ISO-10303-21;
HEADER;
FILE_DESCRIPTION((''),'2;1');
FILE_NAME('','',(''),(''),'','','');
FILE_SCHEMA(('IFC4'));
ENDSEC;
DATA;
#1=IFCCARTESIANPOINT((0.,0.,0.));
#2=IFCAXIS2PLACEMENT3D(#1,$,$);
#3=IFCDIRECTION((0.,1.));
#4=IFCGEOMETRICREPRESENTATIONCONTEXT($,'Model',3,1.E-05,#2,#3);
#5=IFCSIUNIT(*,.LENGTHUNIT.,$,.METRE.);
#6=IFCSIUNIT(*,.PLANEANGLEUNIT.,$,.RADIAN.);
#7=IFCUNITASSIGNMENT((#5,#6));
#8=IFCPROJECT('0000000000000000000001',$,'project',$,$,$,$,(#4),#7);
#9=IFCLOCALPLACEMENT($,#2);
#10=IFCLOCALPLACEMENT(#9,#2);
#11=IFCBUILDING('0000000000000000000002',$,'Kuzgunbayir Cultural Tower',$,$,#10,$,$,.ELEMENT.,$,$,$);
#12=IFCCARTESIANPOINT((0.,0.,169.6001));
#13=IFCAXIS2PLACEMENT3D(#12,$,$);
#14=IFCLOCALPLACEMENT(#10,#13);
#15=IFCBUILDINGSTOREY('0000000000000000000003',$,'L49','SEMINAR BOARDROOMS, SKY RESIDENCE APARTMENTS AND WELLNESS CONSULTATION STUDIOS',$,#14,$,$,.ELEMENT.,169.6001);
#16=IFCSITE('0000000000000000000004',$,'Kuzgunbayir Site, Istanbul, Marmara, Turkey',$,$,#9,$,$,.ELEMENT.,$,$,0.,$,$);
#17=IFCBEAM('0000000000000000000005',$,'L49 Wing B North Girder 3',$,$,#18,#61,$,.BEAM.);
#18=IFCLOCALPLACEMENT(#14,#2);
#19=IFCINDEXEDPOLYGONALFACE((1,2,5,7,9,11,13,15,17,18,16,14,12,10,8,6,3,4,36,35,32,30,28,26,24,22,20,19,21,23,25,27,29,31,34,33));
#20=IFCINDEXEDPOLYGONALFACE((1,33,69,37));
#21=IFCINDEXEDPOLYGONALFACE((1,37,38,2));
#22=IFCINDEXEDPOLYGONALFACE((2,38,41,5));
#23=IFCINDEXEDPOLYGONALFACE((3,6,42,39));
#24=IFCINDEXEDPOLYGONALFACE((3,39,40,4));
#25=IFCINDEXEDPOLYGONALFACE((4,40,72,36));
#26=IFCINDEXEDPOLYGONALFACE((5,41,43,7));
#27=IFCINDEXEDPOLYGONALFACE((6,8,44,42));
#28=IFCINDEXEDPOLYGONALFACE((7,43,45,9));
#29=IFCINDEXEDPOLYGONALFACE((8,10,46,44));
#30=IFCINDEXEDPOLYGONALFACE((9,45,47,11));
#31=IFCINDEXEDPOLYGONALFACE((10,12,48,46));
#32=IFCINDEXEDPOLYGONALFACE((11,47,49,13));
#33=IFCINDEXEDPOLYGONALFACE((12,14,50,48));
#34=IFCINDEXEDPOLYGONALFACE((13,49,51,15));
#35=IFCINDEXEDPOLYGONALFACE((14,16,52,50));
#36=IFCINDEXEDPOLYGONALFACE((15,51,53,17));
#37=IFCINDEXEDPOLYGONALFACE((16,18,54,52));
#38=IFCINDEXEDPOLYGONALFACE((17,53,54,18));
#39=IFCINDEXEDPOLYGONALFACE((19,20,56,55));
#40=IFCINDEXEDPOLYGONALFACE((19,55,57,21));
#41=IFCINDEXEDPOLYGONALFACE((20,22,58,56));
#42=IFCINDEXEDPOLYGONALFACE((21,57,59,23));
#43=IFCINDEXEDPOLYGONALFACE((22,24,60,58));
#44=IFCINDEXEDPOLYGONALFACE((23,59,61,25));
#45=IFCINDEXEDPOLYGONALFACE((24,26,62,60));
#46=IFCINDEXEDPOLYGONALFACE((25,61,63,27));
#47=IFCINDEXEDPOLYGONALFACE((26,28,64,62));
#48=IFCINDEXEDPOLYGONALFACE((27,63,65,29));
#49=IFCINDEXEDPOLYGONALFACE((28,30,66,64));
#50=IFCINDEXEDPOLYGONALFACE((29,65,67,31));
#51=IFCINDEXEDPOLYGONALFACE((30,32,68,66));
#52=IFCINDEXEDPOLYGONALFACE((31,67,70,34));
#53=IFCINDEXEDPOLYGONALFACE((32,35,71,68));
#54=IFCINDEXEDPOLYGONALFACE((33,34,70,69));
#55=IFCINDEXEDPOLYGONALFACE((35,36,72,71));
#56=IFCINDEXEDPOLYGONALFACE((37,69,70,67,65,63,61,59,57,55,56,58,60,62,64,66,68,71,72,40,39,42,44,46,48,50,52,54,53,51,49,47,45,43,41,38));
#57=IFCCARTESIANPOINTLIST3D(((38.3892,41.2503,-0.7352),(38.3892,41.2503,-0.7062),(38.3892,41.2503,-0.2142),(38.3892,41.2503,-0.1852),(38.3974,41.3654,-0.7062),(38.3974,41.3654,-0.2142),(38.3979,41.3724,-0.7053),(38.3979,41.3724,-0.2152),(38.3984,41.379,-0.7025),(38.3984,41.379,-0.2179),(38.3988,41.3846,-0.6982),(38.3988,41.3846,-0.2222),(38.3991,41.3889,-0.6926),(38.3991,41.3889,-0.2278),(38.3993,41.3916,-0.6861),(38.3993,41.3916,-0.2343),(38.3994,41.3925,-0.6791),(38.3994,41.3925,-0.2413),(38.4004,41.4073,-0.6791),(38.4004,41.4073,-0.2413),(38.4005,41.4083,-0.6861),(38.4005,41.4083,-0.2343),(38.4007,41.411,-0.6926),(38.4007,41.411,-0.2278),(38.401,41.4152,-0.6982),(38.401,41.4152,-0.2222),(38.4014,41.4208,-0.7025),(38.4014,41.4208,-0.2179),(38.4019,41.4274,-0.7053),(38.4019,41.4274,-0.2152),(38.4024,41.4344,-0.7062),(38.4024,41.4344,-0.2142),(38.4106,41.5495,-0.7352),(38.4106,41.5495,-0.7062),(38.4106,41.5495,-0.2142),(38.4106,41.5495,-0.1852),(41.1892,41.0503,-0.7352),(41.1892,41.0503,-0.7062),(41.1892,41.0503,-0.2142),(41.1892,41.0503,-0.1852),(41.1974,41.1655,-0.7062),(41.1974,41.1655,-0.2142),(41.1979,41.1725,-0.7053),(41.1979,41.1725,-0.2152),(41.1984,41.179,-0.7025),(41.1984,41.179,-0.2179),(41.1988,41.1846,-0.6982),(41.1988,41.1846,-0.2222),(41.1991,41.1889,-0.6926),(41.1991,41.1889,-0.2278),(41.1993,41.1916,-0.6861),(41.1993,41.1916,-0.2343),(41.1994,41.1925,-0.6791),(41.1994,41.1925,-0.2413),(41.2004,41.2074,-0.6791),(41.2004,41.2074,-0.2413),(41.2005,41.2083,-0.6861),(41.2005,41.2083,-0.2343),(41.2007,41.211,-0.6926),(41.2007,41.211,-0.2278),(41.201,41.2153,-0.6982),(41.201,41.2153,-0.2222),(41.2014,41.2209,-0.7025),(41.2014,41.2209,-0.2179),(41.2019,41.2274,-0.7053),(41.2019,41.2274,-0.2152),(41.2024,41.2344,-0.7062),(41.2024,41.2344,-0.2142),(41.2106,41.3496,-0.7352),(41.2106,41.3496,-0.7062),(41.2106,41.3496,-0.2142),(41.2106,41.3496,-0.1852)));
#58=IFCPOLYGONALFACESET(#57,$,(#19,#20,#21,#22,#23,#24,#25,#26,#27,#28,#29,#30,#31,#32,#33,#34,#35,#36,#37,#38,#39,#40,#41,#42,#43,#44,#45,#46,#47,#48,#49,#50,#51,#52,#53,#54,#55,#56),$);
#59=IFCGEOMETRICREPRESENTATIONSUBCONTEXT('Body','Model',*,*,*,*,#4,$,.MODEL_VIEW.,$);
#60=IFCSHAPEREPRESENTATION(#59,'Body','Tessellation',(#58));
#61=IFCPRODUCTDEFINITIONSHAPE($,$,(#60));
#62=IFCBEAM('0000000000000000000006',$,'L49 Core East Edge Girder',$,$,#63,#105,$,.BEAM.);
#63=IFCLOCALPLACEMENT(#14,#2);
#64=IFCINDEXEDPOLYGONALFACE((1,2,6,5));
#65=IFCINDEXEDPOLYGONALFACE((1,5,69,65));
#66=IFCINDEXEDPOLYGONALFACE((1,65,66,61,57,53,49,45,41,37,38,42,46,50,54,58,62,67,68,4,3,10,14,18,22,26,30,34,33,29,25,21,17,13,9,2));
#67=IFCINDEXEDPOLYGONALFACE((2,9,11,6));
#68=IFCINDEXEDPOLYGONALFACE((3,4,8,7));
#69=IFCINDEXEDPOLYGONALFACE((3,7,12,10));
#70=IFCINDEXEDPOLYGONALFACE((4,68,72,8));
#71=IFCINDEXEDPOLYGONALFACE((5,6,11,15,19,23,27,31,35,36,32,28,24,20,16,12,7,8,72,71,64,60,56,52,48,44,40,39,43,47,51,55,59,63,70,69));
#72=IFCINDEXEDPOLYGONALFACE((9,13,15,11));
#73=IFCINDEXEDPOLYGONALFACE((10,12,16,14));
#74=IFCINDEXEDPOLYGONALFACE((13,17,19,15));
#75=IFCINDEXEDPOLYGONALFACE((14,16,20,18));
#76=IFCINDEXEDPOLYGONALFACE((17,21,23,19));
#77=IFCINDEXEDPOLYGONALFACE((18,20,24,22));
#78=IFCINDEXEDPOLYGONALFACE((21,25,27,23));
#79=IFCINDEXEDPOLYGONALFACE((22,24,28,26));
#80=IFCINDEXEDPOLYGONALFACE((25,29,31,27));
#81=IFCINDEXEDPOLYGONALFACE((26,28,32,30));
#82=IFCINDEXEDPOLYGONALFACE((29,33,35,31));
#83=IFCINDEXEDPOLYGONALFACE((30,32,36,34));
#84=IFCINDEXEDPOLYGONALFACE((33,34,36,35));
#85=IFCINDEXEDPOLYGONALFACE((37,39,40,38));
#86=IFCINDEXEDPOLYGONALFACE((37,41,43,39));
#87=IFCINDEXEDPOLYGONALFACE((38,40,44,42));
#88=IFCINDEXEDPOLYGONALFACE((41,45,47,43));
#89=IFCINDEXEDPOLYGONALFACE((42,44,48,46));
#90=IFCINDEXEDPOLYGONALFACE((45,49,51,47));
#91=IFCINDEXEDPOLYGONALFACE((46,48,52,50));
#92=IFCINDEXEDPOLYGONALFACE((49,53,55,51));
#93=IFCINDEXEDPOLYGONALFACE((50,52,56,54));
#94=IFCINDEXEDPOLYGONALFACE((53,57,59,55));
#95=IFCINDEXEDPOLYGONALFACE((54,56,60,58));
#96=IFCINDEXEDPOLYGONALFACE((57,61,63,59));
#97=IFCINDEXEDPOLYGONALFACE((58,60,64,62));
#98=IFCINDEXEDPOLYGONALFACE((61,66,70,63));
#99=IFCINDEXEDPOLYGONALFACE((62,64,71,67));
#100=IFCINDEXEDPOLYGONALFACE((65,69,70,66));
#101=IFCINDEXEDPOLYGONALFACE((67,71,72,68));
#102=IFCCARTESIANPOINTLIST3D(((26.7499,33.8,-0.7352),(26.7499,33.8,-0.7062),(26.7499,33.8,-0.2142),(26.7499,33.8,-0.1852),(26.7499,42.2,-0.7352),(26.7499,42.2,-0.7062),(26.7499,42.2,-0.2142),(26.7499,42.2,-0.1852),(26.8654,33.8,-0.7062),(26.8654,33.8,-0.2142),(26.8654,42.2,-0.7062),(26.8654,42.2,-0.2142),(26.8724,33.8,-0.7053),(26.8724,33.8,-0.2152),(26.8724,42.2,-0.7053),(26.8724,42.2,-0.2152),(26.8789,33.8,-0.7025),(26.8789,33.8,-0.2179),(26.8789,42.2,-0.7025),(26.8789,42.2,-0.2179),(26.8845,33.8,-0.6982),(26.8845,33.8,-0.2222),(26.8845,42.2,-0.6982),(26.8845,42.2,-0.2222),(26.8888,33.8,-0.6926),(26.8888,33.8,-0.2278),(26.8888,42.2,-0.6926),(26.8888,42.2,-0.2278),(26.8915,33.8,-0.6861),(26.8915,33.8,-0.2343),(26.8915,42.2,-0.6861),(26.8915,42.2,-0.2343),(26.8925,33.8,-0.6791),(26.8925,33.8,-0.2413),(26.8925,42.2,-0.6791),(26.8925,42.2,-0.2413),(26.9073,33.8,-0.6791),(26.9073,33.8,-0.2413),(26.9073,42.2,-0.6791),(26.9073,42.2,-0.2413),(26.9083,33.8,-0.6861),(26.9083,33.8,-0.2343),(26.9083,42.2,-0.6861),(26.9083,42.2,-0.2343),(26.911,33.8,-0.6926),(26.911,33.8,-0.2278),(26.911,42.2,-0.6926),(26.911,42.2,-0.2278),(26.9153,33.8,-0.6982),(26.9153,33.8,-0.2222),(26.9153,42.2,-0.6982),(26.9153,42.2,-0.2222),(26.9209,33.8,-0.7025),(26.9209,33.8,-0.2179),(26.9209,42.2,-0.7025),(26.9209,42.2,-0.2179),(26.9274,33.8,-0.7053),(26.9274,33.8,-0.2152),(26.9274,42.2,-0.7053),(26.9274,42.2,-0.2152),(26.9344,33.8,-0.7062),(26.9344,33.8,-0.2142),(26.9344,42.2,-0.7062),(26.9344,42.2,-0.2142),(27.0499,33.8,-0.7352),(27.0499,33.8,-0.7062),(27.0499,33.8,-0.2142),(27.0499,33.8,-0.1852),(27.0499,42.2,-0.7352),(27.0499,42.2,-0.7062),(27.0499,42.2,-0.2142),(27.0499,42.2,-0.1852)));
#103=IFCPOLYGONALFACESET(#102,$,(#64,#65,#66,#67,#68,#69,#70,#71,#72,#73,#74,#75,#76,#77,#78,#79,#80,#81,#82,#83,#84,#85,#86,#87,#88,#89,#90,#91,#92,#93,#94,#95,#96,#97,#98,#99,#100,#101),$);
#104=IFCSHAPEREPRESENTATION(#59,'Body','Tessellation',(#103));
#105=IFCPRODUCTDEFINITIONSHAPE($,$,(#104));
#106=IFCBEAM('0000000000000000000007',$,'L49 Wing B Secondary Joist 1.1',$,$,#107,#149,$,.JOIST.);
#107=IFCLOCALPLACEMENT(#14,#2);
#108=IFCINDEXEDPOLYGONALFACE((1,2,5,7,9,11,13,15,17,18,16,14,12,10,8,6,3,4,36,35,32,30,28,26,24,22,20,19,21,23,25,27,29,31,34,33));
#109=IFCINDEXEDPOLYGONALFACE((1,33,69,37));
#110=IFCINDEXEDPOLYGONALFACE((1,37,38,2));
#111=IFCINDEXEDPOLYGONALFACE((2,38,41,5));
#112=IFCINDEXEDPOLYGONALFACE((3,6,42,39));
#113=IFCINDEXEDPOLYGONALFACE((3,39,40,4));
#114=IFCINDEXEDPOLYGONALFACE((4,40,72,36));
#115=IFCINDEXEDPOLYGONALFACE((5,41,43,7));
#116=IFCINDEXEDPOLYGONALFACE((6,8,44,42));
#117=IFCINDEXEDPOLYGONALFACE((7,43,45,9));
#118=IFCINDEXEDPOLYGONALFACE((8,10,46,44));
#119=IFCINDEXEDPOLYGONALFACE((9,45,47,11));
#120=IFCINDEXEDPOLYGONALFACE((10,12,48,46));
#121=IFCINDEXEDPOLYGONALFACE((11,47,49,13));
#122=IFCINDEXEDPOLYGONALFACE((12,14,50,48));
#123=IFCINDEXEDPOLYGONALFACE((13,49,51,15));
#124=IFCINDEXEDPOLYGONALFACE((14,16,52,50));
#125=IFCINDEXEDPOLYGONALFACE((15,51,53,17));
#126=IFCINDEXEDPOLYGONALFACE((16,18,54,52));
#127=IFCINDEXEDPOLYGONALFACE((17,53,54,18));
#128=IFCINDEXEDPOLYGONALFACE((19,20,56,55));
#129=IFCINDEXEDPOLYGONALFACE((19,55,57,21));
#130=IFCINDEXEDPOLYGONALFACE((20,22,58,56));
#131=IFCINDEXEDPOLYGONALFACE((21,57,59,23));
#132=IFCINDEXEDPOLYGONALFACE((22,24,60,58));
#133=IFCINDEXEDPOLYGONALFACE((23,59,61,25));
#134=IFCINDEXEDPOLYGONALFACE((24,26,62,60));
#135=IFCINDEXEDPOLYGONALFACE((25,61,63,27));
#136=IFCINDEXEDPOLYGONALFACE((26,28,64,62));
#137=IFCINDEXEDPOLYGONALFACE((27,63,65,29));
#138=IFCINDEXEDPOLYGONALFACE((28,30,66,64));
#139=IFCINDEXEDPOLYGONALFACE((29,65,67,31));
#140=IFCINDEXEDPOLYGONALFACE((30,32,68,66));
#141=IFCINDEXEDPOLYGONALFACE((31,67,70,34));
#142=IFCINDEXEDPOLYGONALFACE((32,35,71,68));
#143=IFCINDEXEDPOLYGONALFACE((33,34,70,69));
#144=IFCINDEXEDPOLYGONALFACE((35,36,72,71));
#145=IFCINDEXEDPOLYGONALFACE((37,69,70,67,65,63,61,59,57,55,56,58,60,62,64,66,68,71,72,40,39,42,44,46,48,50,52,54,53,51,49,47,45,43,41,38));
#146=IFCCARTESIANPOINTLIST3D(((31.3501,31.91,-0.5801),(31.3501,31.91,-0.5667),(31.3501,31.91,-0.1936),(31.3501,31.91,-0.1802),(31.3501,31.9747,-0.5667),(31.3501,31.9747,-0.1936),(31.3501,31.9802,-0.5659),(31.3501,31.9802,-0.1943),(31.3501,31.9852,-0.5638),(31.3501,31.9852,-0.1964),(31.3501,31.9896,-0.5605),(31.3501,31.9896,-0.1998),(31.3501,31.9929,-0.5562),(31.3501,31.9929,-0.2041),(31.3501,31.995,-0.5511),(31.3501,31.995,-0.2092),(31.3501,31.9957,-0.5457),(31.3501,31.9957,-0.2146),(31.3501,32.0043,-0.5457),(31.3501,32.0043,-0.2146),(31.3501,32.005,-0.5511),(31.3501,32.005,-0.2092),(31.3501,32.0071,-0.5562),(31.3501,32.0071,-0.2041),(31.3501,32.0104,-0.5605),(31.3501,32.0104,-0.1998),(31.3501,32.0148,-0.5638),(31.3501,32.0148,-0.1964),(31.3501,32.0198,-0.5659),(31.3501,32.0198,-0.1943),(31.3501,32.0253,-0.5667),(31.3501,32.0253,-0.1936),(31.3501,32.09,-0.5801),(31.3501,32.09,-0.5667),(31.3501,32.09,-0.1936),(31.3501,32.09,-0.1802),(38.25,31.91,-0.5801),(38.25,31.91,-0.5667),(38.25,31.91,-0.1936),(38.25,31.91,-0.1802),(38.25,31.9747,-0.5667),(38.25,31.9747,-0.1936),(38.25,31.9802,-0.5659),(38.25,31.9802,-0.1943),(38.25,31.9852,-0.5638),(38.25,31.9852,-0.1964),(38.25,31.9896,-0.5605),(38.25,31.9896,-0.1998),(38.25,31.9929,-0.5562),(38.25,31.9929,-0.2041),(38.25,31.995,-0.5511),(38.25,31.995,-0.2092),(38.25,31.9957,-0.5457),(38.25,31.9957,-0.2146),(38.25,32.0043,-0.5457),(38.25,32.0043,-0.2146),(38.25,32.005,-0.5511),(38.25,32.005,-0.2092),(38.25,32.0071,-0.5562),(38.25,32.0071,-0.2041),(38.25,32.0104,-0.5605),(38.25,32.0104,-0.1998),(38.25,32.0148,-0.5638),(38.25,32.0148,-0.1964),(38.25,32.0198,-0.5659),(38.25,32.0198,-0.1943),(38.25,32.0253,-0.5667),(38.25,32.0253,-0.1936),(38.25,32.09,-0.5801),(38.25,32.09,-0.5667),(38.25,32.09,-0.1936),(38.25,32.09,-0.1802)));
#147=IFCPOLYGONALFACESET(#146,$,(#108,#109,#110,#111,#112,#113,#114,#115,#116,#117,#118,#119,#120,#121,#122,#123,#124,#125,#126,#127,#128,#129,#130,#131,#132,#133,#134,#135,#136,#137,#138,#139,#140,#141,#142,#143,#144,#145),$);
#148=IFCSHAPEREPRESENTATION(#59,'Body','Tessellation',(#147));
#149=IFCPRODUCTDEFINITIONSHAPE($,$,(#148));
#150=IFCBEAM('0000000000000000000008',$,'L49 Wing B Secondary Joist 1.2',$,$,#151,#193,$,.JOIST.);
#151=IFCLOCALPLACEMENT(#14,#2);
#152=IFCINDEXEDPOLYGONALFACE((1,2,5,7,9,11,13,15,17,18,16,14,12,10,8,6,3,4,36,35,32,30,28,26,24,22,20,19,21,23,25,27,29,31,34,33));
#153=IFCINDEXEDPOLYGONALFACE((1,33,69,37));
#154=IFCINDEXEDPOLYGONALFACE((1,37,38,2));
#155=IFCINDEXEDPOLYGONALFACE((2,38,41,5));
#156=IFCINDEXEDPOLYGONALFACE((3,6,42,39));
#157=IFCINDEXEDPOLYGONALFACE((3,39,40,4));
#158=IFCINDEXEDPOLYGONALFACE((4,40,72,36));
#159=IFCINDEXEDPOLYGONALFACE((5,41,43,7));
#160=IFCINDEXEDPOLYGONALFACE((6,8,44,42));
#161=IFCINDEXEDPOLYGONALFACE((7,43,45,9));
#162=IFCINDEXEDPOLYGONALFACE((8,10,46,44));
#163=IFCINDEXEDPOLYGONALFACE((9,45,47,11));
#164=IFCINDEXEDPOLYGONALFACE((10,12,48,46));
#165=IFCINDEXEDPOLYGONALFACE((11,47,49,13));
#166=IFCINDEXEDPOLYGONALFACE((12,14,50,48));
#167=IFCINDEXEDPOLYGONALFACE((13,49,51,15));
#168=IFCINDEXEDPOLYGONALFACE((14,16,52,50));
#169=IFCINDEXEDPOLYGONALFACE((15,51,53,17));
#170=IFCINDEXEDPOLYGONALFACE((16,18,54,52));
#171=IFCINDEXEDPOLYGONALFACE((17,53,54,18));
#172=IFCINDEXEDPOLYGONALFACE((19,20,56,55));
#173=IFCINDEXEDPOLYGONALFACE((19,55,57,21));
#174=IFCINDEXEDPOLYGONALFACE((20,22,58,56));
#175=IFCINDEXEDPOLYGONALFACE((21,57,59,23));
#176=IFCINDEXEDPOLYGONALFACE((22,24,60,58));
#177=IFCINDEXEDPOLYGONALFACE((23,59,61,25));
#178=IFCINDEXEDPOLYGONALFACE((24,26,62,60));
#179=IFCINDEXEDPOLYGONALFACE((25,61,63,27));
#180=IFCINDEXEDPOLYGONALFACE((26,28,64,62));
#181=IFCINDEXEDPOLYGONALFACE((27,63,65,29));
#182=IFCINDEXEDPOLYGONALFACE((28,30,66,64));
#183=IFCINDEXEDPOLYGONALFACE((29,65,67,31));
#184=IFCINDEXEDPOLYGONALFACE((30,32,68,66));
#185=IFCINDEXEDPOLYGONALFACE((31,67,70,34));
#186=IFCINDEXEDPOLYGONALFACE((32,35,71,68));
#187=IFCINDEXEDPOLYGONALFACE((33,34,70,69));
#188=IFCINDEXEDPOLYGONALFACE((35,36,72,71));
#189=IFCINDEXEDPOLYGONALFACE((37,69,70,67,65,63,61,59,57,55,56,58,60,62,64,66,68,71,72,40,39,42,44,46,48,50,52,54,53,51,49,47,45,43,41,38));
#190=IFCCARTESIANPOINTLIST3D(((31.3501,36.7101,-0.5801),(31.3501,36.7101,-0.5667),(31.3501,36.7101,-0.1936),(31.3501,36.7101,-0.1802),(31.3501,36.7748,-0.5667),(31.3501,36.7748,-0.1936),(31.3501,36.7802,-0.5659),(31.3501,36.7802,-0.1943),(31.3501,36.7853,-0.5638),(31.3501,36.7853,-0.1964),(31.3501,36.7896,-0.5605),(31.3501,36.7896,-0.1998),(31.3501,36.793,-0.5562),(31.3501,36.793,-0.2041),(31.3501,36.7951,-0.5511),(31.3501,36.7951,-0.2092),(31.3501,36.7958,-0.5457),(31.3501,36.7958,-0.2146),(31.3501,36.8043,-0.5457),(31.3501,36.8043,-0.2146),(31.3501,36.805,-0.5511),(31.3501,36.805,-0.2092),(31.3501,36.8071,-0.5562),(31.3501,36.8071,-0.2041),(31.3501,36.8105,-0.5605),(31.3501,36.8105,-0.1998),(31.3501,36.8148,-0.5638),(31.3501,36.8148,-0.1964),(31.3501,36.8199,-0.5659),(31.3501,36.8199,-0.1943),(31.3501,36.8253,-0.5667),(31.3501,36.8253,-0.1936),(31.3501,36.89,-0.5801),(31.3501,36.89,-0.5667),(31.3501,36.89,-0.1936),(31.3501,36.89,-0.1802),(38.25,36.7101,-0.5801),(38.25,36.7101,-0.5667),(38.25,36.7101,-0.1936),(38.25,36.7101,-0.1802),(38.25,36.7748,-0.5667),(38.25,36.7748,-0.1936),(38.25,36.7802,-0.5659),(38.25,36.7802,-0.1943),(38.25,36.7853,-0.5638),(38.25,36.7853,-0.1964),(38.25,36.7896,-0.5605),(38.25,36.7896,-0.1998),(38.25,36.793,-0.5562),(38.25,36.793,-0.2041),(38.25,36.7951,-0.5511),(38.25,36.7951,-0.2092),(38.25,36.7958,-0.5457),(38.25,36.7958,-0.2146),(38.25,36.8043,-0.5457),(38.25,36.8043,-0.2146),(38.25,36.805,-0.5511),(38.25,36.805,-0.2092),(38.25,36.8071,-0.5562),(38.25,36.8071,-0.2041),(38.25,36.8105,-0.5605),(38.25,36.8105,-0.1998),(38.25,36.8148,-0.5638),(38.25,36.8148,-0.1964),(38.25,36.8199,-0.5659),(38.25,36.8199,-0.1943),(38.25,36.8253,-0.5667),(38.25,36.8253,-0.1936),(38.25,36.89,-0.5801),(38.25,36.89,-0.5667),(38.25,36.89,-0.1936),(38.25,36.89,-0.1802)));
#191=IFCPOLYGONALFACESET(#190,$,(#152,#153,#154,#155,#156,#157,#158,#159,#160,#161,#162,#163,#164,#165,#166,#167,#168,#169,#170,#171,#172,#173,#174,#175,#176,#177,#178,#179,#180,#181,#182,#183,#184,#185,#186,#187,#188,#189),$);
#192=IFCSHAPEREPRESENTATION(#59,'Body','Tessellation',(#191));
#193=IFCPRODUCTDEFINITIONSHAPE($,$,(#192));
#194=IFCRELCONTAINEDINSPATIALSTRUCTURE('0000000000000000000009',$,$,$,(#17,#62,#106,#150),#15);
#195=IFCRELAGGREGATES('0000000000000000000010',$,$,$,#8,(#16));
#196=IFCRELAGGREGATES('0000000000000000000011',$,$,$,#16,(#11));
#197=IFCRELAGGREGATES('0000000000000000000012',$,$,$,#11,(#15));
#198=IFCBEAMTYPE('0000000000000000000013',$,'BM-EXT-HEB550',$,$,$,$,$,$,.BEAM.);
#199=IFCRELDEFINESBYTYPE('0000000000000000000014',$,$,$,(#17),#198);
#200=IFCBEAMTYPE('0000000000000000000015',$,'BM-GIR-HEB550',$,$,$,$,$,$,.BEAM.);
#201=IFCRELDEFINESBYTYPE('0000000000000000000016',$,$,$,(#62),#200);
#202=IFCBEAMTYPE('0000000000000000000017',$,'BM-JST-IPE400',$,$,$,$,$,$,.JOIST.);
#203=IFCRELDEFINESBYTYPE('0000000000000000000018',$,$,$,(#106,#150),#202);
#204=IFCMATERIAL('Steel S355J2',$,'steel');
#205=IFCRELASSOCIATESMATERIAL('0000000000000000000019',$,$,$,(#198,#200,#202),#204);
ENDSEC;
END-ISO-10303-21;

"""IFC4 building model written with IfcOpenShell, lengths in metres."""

from ifc_helpers import new_model, si_unit, direction, frame, origin, origin_2d, place, context, subcontext, project, spatial, i_section, extrude, material, material_profile, profile_set, type_object, element, save


model = new_model("IFC4")

# Units and contexts
model_context = context("Model", 3, precision=1e-05, world=origin(), true_north=direction((0.0, 1.0)))
body_context = subcontext(model_context, "Body", "Model", "MODEL_VIEW")
ifc_project = project(units=[si_unit("LENGTHUNIT", "METRE"), si_unit("PLANEANGLEUNIT", "RADIAN")], contexts=[model_context])

# Site, building, storey
site_placement = place(None, origin())
site = spatial("IfcSite", under=ifc_project, at=site_placement, Name="Kuzgunbayir Site, Istanbul, Marmara, Turkey", CompositionType="ELEMENT", RefElevation=0.0)
building_placement = place(site_placement, origin())
building = spatial("IfcBuilding", under=site, at=building_placement, Name="Kuzgunbayir Cultural Tower", CompositionType="ELEMENT")
storey_placement = place(building_placement, frame((0.0, 0.0, 169.6001)))
storey = spatial("IfcBuildingStorey", under=building, at=storey_placement, Name="L49", Description="SEMINAR BOARDROOMS, SKY RESIDENCE APARTMENTS AND WELLNESS CONSULTATION STUDIOS", CompositionType="ELEMENT", Elevation=169.6001)

# Beams
ifc_material_1 = material(Name="Steel S355J2", Category="steel")
ifc_material_profile_1 = material_profile(ifc_material_1, i_section(OverallWidth=0.3, OverallDepth=0.55, WebThickness=0.0149, FlangeThickness=0.0291, FilletRadius=0.0271, at=origin_2d()), Name="HEB 550")
ifc_profile_set_1 = profile_set([ifc_material_profile_1], Name="Steel S355J2")
beam_type_1 = type_object("IfcBeamType", Name="BM-EXT-HEB550", PredefinedType="BEAM", material=ifc_profile_set_1)
beam_1_placement = place(storey_placement, frame((38.3999, 41.3999, -0.4602), z_axis=(0.99746, -0.071229, 0.0), x_axis=(0.071229, 0.99746, 0.0)))
element("IfcBeam", 1, at=beam_1_placement, inside=storey, type_object=beam_type_1, Name="L49 Wing B North Girder 3", PredefinedType="BEAM", context=body_context, shape_type="SweptSolid", body=[
    extrude(i_section(OverallWidth=0.3, OverallDepth=0.55, WebThickness=0.0149, FlangeThickness=0.0291, FilletRadius=0.0271, at=origin_2d()), origin(), (0.0, 0.0, 1.0), 2.8071),
])
ifc_material_profile_2 = material_profile(ifc_material_1, i_section(OverallWidth=0.3, OverallDepth=0.55, WebThickness=0.0149, FlangeThickness=0.0291, FilletRadius=0.0271, at=origin_2d()), Name="HEB 550")
ifc_profile_set_2 = profile_set([ifc_material_profile_2], Name="Steel S355J2")
beam_type_2 = type_object("IfcBeamType", Name="BM-GIR-HEB550", PredefinedType="BEAM", material=ifc_profile_set_2)
beam_2_placement = place(storey_placement, frame((26.8999, 33.8, -0.4602), z_axis=(0.0, 1.0, 0.0), x_axis=(-1.0, 0.0, 0.0)))
element("IfcBeam", 2, at=beam_2_placement, inside=storey, type_object=beam_type_2, Name="L49 Core East Edge Girder", PredefinedType="BEAM", context=body_context, shape_type="SweptSolid", body=[
    extrude(i_section(OverallWidth=0.3, OverallDepth=0.55, WebThickness=0.0149, FlangeThickness=0.0291, FilletRadius=0.0271, at=origin_2d()), origin(), (0.0, 0.0, 1.0), 8.3999),
])
ifc_material_profile_3 = material_profile(ifc_material_1, i_section(OverallWidth=0.1799, OverallDepth=0.3999, WebThickness=0.0085, FlangeThickness=0.0134, FilletRadius=0.021, at=origin_2d()), Name="IPE 400")
ifc_profile_set_3 = profile_set([ifc_material_profile_3], Name="Steel S355J2")
beam_type_3 = type_object("IfcBeamType", Name="BM-JST-IPE400", PredefinedType="JOIST", material=ifc_profile_set_3)
for number, where, z_axis, x_axis, name in (
    (3, (31.3501, 32.0, -0.3801), (1.0, 0.0, 0.0), (0.0, 1.0, 0.0), "L49 Wing B Secondary Joist 1.1"),
    (4, (31.3501, 36.8, -0.3801), (1.0, 0.0, 0.0), (0.0, 1.0, 0.0), "L49 Wing B Secondary Joist 1.2"),
):
    element("IfcBeam", number, at=place(storey_placement, frame(where, z_axis=z_axis, x_axis=x_axis)), inside=storey, type_object=beam_type_3, Name=name, PredefinedType="JOIST", context=body_context, shape_type="SweptSolid", body=[
        extrude(i_section(OverallWidth=0.1799, OverallDepth=0.3999, WebThickness=0.0085, FlangeThickness=0.0134, FilletRadius=0.021, at=origin_2d()), origin(), (0.0, 0.0, 1.0), 6.8999),
    ])

save(model, "model.ifc")
